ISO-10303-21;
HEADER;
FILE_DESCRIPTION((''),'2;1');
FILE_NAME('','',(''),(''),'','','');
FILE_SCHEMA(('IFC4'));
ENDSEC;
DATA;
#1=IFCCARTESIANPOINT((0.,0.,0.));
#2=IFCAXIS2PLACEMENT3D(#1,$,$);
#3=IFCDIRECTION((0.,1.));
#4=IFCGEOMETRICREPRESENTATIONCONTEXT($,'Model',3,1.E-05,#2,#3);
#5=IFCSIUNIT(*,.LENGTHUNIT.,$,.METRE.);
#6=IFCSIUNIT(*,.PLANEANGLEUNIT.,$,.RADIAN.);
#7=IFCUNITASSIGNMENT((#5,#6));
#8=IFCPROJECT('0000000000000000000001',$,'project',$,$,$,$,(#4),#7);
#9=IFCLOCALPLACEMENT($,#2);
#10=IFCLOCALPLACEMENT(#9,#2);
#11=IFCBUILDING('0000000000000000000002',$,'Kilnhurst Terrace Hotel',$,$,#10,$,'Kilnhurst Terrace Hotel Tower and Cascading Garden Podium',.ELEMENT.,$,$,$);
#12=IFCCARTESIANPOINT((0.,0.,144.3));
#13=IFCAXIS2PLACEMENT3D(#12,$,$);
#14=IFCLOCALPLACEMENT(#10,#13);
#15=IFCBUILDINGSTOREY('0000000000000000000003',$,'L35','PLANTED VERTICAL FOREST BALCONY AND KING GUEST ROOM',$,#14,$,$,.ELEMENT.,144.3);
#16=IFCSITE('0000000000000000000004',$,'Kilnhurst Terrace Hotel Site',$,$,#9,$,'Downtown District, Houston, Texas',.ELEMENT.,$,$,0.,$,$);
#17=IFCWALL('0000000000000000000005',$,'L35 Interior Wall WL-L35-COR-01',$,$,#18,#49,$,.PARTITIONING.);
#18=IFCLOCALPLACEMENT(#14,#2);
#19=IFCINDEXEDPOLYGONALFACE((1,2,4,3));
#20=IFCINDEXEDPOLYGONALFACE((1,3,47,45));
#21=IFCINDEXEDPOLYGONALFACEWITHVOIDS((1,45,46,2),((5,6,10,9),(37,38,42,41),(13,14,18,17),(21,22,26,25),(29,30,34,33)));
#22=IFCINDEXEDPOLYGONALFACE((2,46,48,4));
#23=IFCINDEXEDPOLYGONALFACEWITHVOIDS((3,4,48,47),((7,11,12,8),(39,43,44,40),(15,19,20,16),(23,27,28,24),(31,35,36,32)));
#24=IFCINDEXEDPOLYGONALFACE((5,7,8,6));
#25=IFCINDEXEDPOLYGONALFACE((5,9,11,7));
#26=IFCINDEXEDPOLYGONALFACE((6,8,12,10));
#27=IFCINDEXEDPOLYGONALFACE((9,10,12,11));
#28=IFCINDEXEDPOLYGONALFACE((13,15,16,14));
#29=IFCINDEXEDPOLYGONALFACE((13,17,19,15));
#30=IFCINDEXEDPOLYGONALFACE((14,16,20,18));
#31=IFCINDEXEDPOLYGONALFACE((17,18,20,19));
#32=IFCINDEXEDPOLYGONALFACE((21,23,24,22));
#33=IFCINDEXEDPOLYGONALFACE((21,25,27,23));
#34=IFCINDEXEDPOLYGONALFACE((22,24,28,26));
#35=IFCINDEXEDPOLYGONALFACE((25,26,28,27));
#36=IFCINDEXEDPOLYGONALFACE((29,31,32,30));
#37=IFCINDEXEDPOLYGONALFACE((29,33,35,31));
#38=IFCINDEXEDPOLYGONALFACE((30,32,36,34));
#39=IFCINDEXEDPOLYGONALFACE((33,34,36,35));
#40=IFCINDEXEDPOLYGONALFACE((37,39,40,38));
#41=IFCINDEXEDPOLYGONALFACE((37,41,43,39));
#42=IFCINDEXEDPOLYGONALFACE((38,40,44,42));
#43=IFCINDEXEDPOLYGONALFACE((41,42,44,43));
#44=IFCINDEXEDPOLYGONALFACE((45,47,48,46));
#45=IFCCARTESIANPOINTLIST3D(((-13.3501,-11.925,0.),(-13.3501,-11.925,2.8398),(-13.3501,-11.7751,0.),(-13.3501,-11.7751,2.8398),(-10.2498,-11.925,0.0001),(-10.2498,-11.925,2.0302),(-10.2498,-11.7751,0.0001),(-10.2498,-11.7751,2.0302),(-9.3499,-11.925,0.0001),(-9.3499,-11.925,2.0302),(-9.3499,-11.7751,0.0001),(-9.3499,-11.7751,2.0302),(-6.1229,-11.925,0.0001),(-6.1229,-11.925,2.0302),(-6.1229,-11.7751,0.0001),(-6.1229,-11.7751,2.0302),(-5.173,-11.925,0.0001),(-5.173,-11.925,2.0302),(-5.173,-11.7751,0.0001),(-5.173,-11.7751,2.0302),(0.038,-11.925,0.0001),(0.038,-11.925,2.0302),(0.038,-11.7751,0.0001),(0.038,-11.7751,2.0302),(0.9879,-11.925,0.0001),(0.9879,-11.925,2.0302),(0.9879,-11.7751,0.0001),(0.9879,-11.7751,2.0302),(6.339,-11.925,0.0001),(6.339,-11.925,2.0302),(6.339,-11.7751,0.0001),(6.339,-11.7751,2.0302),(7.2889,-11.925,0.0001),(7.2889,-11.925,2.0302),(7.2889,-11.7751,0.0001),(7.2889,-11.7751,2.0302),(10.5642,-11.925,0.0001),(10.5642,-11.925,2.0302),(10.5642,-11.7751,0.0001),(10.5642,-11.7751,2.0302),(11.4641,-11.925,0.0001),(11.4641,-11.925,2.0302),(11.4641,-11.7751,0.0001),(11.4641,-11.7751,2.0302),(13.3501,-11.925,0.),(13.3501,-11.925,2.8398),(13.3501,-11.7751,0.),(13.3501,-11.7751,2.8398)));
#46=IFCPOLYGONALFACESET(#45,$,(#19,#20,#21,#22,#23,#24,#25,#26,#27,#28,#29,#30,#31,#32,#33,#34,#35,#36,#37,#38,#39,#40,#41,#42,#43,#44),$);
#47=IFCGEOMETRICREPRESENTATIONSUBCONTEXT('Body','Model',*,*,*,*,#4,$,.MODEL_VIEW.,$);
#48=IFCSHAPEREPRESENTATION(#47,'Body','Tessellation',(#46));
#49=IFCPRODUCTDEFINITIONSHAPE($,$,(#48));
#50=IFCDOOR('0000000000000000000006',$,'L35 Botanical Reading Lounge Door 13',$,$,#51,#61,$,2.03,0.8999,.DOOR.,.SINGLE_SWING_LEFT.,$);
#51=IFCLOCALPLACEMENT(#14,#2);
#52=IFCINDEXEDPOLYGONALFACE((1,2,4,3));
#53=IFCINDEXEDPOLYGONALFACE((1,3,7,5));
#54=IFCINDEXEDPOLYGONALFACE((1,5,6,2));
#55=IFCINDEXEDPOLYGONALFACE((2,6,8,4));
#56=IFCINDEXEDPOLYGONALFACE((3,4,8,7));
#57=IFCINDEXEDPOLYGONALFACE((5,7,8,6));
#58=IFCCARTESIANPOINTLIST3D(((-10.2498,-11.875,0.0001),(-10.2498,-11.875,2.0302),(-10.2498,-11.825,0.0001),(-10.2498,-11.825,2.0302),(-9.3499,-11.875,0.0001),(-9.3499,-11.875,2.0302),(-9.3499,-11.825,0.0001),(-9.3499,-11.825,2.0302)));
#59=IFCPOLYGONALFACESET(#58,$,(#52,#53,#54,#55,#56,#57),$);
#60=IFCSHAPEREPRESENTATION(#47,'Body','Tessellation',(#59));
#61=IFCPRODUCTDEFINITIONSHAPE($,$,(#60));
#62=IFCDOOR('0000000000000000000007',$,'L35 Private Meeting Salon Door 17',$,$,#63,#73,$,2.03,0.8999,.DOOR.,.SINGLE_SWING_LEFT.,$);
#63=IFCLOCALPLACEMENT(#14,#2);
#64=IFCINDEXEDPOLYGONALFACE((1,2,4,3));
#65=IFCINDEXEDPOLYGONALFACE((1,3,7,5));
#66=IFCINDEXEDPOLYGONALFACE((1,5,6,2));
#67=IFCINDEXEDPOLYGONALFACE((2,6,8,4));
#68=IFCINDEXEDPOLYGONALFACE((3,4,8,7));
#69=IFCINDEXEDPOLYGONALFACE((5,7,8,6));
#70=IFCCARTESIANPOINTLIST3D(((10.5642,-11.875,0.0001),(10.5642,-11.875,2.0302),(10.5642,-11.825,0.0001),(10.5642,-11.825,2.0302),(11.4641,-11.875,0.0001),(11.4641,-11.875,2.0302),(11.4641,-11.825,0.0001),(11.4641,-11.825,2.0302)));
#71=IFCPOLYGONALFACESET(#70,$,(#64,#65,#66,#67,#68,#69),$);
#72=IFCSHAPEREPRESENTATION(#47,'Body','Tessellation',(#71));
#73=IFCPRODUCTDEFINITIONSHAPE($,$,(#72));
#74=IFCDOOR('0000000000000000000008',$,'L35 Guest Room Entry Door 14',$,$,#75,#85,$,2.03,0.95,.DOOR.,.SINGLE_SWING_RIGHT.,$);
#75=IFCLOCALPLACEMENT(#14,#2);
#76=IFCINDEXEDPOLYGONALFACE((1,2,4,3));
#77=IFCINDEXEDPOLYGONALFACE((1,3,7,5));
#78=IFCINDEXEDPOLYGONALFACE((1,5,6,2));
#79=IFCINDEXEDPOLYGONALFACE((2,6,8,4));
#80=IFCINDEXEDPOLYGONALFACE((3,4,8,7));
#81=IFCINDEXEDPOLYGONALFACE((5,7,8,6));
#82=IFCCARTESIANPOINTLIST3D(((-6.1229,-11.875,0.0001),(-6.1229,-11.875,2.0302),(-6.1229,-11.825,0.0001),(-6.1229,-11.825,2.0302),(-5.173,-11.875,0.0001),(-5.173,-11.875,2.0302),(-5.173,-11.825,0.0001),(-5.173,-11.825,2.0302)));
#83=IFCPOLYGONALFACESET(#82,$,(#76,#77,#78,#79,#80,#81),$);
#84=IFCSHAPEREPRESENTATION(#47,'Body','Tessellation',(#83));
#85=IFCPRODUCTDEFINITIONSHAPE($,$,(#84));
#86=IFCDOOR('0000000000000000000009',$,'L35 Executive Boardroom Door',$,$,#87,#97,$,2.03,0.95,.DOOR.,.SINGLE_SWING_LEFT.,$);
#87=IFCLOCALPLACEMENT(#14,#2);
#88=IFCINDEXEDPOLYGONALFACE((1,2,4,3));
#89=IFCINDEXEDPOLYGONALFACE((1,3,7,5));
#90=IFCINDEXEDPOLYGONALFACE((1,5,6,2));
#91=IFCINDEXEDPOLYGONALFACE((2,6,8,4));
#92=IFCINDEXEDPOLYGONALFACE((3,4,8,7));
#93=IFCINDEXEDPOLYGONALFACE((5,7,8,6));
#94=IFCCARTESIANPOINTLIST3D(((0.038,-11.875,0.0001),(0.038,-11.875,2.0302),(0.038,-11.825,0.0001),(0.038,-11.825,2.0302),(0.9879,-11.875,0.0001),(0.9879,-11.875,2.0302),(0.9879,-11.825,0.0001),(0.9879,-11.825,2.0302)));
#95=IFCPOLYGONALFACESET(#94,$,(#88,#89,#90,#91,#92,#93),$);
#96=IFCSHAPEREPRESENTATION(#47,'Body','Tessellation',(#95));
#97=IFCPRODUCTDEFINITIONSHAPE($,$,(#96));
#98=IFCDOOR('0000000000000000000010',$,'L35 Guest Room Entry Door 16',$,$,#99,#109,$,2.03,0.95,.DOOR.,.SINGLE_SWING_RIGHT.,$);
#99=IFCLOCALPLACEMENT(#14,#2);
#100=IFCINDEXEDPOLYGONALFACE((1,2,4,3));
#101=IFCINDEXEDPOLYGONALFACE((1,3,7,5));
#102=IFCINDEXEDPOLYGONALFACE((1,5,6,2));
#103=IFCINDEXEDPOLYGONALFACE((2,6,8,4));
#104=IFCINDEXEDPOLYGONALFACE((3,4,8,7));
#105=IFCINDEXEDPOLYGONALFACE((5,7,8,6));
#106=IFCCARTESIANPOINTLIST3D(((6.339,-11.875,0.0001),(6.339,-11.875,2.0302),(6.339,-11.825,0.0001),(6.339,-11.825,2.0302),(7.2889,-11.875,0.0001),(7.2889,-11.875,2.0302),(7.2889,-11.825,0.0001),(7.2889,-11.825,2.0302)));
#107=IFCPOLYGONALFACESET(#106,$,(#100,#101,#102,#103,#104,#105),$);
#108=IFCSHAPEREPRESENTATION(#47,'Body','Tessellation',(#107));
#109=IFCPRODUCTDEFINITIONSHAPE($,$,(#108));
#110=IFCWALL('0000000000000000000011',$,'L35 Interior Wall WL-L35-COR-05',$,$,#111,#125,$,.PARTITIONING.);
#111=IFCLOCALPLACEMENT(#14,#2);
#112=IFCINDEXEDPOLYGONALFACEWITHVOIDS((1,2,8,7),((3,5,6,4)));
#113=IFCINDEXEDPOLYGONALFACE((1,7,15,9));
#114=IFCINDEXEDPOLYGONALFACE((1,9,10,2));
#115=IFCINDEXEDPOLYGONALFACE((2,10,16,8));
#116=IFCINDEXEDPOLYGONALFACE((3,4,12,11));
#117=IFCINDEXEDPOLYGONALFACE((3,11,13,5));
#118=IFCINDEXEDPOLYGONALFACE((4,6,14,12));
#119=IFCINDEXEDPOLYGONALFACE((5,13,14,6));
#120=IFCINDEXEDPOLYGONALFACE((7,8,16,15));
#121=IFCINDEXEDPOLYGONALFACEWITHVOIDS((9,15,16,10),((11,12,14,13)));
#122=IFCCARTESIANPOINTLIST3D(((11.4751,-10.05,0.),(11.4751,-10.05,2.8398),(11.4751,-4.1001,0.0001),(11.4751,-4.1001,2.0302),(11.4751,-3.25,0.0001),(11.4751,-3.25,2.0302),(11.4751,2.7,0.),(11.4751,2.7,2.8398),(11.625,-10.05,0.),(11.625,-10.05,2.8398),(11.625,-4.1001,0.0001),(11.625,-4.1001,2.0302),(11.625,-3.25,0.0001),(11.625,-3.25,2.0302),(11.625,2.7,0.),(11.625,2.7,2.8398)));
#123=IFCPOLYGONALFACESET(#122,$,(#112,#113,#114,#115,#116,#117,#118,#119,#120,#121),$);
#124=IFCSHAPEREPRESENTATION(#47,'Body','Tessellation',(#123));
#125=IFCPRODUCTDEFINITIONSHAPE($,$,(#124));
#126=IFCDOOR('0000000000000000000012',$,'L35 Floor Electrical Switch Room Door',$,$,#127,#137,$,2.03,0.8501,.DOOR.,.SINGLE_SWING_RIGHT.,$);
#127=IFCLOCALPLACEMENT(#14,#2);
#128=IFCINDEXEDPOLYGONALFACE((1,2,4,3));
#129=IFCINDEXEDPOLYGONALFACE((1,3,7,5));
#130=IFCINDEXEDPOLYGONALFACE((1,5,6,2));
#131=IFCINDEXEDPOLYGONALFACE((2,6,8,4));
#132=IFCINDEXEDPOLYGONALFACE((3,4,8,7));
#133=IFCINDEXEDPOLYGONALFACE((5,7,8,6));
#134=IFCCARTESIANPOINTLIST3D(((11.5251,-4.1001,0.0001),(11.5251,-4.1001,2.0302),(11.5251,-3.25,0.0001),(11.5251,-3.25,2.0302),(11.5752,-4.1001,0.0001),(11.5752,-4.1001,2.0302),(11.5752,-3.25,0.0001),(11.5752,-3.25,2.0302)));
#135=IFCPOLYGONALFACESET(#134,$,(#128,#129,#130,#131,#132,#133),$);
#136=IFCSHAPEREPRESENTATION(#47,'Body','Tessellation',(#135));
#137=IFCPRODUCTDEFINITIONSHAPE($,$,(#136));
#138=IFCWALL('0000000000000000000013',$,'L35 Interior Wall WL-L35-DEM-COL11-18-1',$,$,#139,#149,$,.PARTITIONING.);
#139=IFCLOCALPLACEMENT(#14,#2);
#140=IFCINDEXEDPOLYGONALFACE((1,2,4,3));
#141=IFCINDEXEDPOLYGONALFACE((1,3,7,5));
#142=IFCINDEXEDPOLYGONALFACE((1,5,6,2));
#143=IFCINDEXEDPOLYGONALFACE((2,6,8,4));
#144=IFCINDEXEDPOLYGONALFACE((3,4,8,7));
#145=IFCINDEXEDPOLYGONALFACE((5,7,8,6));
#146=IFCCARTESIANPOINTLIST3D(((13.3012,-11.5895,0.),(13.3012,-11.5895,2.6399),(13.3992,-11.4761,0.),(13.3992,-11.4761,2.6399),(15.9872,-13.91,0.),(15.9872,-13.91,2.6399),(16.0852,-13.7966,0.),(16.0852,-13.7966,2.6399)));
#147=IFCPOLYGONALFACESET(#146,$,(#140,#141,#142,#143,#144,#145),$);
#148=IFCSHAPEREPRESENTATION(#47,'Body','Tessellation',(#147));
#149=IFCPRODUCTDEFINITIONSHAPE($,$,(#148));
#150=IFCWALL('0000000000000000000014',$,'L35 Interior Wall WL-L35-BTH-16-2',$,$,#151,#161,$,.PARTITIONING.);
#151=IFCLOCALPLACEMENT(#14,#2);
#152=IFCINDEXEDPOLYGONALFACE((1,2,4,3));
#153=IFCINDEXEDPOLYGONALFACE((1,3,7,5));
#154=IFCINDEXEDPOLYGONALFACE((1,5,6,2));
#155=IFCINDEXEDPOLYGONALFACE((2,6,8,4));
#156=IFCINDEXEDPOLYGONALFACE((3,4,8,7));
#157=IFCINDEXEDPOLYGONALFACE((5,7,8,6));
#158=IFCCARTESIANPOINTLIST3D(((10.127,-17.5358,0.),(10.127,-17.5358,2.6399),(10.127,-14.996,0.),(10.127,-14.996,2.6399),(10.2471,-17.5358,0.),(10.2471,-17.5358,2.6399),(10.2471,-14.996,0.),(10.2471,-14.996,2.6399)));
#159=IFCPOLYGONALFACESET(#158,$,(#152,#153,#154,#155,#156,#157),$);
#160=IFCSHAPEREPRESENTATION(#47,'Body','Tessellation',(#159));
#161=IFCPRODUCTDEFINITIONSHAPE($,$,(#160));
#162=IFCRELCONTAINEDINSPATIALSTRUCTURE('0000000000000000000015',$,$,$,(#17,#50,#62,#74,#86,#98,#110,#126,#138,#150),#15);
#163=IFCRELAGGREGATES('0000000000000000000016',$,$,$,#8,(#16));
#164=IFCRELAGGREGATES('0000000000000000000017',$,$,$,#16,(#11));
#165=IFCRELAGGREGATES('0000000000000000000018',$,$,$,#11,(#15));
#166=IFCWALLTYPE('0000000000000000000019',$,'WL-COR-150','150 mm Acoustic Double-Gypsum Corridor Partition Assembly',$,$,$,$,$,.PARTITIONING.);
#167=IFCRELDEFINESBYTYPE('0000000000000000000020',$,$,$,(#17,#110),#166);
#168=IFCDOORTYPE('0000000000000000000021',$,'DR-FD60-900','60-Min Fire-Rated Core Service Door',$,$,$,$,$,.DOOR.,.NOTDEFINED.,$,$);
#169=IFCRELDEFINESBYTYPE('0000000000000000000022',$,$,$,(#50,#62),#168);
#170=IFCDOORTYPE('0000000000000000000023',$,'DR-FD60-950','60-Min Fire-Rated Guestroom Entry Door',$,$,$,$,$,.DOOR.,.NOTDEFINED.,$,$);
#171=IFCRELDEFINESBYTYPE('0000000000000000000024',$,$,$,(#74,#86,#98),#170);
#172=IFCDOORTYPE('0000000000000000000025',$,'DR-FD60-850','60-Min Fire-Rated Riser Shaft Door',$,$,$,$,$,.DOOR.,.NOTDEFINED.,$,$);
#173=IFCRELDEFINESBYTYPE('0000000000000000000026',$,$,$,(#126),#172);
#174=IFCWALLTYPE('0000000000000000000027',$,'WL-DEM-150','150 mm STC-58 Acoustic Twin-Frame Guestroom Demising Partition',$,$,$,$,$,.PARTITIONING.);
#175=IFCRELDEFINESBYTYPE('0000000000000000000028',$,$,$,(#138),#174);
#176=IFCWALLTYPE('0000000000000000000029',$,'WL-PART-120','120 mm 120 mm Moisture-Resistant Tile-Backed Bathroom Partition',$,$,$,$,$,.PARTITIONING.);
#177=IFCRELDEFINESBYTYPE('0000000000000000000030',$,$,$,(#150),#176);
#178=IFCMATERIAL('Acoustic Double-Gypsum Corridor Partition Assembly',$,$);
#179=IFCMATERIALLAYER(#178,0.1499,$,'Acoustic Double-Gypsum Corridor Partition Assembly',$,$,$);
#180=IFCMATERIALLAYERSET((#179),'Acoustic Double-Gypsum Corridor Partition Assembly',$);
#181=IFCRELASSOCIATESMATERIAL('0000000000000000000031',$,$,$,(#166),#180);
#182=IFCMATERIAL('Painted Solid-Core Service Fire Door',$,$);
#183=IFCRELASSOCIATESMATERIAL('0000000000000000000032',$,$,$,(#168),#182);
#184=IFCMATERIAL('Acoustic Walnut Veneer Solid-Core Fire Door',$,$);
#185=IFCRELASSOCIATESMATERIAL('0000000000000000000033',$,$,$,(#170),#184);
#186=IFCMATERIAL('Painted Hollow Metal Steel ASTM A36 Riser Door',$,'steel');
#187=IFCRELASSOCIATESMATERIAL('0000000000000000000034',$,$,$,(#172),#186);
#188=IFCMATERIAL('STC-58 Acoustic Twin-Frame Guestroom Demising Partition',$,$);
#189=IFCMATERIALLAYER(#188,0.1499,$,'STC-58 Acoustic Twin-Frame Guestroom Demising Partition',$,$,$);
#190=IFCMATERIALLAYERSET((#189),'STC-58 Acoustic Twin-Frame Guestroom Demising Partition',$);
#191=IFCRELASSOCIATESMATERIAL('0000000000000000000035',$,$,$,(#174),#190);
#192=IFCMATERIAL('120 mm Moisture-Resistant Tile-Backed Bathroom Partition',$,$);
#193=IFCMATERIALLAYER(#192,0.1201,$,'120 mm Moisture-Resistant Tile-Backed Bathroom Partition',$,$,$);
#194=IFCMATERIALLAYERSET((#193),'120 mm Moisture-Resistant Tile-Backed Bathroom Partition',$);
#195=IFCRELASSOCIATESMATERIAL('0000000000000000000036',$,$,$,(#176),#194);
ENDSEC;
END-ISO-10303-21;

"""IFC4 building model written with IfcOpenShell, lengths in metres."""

from ifc_helpers import new_model, si_unit, direction, frame, frame_2d, origin, place, context, subcontext, project, spatial, rectangle, extrude, material, layer, layer_set, type_object, element, fill, save


model = new_model("IFC4")

# Units and contexts
model_context = context("Model", 3, precision=1e-05, world=origin(), true_north=direction((0.0, 1.0)))
body_context = subcontext(model_context, "Body", "Model", "MODEL_VIEW")
ifc_project = project(units=[si_unit("LENGTHUNIT", "METRE"), si_unit("PLANEANGLEUNIT", "RADIAN")], contexts=[model_context])

# Site, building, storey
site_placement = place(None, origin())
site = spatial("IfcSite", under=ifc_project, at=site_placement, Name="Kilnhurst Terrace Hotel Site", LongName="Downtown District, Houston, Texas", CompositionType="ELEMENT", RefElevation=0.0)
building_placement = place(site_placement, origin())
building = spatial("IfcBuilding", under=site, at=building_placement, Name="Kilnhurst Terrace Hotel", LongName="Kilnhurst Terrace Hotel Tower and Cascading Garden Podium", CompositionType="ELEMENT")
storey_placement = place(building_placement, frame((0.0, 0.0, 144.3)))
storey = spatial("IfcBuildingStorey", under=building, at=storey_placement, Name="L35", Description="PLANTED VERTICAL FOREST BALCONY AND KING GUEST ROOM", CompositionType="ELEMENT", Elevation=144.3)

# Wall, openings, doors
ifc_material_1 = material(Name="Acoustic Double-Gypsum Corridor Partition Assembly")
ifc_layer_1 = layer(ifc_material_1, 0.1499, Name="Acoustic Double-Gypsum Corridor Partition Assembly")
ifc_layer_set_1 = layer_set([ifc_layer_1], Name="Acoustic Double-Gypsum Corridor Partition Assembly")
wall_type_1 = type_object("IfcWallType", Name="WL-COR-150", Description="150 mm Acoustic Double-Gypsum Corridor Partition Assembly", PredefinedType="PARTITIONING", material=ifc_layer_set_1)
wall_1_placement = place(storey_placement, frame((13.3501, -11.8501, 0.0), z_axis=(0.0, 0.0, 1.0), x_axis=(-1.0, 0.0, 0.0)))
wall_1 = element("IfcWall", 1, at=wall_1_placement, inside=storey, type_object=wall_type_1, Name="L35 Interior Wall WL-L35-COR-01", PredefinedType="PARTITIONING", context=body_context, shape_type="SweptSolid", body=[
    extrude(rectangle(XDim=26.7002, YDim=0.1499, at=frame_2d((13.3501, 0.0))), origin(), (0.0, 0.0, 1.0), 2.8398),
])
opening_1_placement = place(wall_1_placement, frame((22.7, 0.0, 0.0)))
opening_1 = element("IfcOpeningElement", 2, at=opening_1_placement, cuts=wall_1, PredefinedType="OPENING", context=body_context, shape_type="SweptSolid", body=[
    extrude(rectangle(XDim=0.8999, YDim=2.03, at=frame_2d((0.45, 1.0151))), frame((0.0, 0.085, 0.0), z_axis=(0.0, -1.0, 0.0), x_axis=(1.0, 0.0, 0.0)), (0.0, 0.0, 1.0), 0.1699),
])
opening_2_placement = place(wall_1_placement, frame((18.5229, 0.0, 0.0)))
opening_2 = element("IfcOpeningElement", 3, at=opening_2_placement, cuts=wall_1, PredefinedType="OPENING", context=body_context, shape_type="SweptSolid", body=[
    extrude(rectangle(XDim=0.95, YDim=2.03, at=frame_2d((0.4751, 1.0151))), frame((0.0, 0.085, 0.0), z_axis=(0.0, -1.0, 0.0), x_axis=(1.0, 0.0, 0.0)), (0.0, 0.0, 1.0), 0.1699),
])
opening_3_placement = place(wall_1_placement, frame((12.3621, 0.0, 0.0)))
opening_3 = element("IfcOpeningElement", 4, at=opening_3_placement, cuts=wall_1, PredefinedType="OPENING", context=body_context, shape_type="SweptSolid", body=[
    extrude(rectangle(XDim=0.95, YDim=2.03, at=frame_2d((0.4751, 1.0151))), frame((0.0, 0.085, 0.0), z_axis=(0.0, -1.0, 0.0), x_axis=(1.0, 0.0, 0.0)), (0.0, 0.0, 1.0), 0.1699),
])
opening_4_placement = place(wall_1_placement, frame((6.061, 0.0, 0.0)))
opening_4 = element("IfcOpeningElement", 5, at=opening_4_placement, cuts=wall_1, PredefinedType="OPENING", context=body_context, shape_type="SweptSolid", body=[
    extrude(rectangle(XDim=0.95, YDim=2.03, at=frame_2d((0.4751, 1.0151))), frame((0.0, 0.085, 0.0), z_axis=(0.0, -1.0, 0.0), x_axis=(1.0, 0.0, 0.0)), (0.0, 0.0, 1.0), 0.1699),
])
opening_5_placement = place(wall_1_placement, frame((1.886, 0.0, 0.0)))
opening_5 = element("IfcOpeningElement", 6, at=opening_5_placement, cuts=wall_1, PredefinedType="OPENING", context=body_context, shape_type="SweptSolid", body=[
    extrude(rectangle(XDim=0.8999, YDim=2.03, at=frame_2d((0.45, 1.0151))), frame((0.0, 0.085, 0.0), z_axis=(0.0, -1.0, 0.0), x_axis=(1.0, 0.0, 0.0)), (0.0, 0.0, 1.0), 0.1699),
])
ifc_material_2 = material(Name="Painted Solid-Core Service Fire Door")
door_type_1 = type_object("IfcDoorType", Name="DR-FD60-900", Description="60-Min Fire-Rated Core Service Door", OperationType="NOTDEFINED", PredefinedType="DOOR", material=ifc_material_2)
door_1_placement = place(opening_1_placement, origin())
door_1 = element("IfcDoor", 7, at=door_1_placement, inside=storey, type_object=door_type_1, Name="L35 Botanical Reading Lounge Door 13", OperationType="SINGLE_SWING_LEFT", OverallHeight=2.03, OverallWidth=0.8999, PredefinedType="DOOR", context=body_context, shape_type="SweptSolid", body=[
    extrude(rectangle(XDim=0.8999, YDim=2.03, at=frame_2d((0.45, 1.0151))), frame((0.0, 0.0249, 0.0), z_axis=(0.0, -1.0, 0.0), x_axis=(1.0, 0.0, 0.0)), (0.0, 0.0, 1.0), 0.05),
])
fill(opening_1, door_1)
door_2_placement = place(opening_5_placement, origin())
door_2 = element("IfcDoor", 8, at=door_2_placement, inside=storey, type_object=door_type_1, Name="L35 Private Meeting Salon Door 17", OperationType="SINGLE_SWING_LEFT", OverallHeight=2.03, OverallWidth=0.8999, PredefinedType="DOOR", context=body_context, shape_type="SweptSolid", body=[
    extrude(rectangle(XDim=0.8999, YDim=2.03, at=frame_2d((0.45, 1.0151))), frame((0.0, 0.0249, 0.0), z_axis=(0.0, -1.0, 0.0), x_axis=(1.0, 0.0, 0.0)), (0.0, 0.0, 1.0), 0.05),
])
fill(opening_5, door_2)
ifc_material_3 = material(Name="Acoustic Walnut Veneer Solid-Core Fire Door")
door_type_2 = type_object("IfcDoorType", Name="DR-FD60-950", Description="60-Min Fire-Rated Guestroom Entry Door", OperationType="NOTDEFINED", PredefinedType="DOOR", material=ifc_material_3)
door_3_placement = place(opening_2_placement, origin())
door_3 = element("IfcDoor", 9, at=door_3_placement, inside=storey, type_object=door_type_2, Name="L35 Guest Room Entry Door 14", OperationType="SINGLE_SWING_RIGHT", OverallHeight=2.03, OverallWidth=0.95, PredefinedType="DOOR", context=body_context, shape_type="SweptSolid", body=[
    extrude(rectangle(XDim=0.95, YDim=2.03, at=frame_2d((0.4751, 1.0151))), frame((0.0, 0.0249, 0.0), z_axis=(0.0, -1.0, 0.0), x_axis=(1.0, 0.0, 0.0)), (0.0, 0.0, 1.0), 0.05),
])
fill(opening_2, door_3)
door_4_placement = place(opening_3_placement, origin())
door_4 = element("IfcDoor", 10, at=door_4_placement, inside=storey, type_object=door_type_2, Name="L35 Executive Boardroom Door", OperationType="SINGLE_SWING_LEFT", OverallHeight=2.03, OverallWidth=0.95, PredefinedType="DOOR", context=body_context, shape_type="SweptSolid", body=[
    extrude(rectangle(XDim=0.95, YDim=2.03, at=frame_2d((0.4751, 1.0151))), frame((0.0, 0.0249, 0.0), z_axis=(0.0, -1.0, 0.0), x_axis=(1.0, 0.0, 0.0)), (0.0, 0.0, 1.0), 0.05),
])
fill(opening_3, door_4)
door_5_placement = place(opening_4_placement, origin())
door_5 = element("IfcDoor", 11, at=door_5_placement, inside=storey, type_object=door_type_2, Name="L35 Guest Room Entry Door 16", OperationType="SINGLE_SWING_RIGHT", OverallHeight=2.03, OverallWidth=0.95, PredefinedType="DOOR", context=body_context, shape_type="SweptSolid", body=[
    extrude(rectangle(XDim=0.95, YDim=2.03, at=frame_2d((0.4751, 1.0151))), frame((0.0, 0.0249, 0.0), z_axis=(0.0, -1.0, 0.0), x_axis=(1.0, 0.0, 0.0)), (0.0, 0.0, 1.0), 0.05),
])
fill(opening_4, door_5)

# Wall, opening, door
wall_2_placement = place(storey_placement, frame((11.55, -10.05, 0.0), z_axis=(0.0, 0.0, 1.0), x_axis=(0.0, 1.0, 0.0)))
wall_2 = element("IfcWall", 12, at=wall_2_placement, inside=storey, type_object=wall_type_1, Name="L35 Interior Wall WL-L35-COR-05", PredefinedType="PARTITIONING", context=body_context, shape_type="SweptSolid", body=[
    extrude(rectangle(XDim=12.75, YDim=0.1499, at=frame_2d((6.375, 0.0))), origin(), (0.0, 0.0, 1.0), 2.8398),
])
opening_6_placement = place(wall_2_placement, frame((5.95, 0.0, 0.0)))
opening_6 = element("IfcOpeningElement", 13, at=opening_6_placement, cuts=wall_2, PredefinedType="OPENING", context=body_context, shape_type="SweptSolid", body=[
    extrude(rectangle(XDim=0.8501, YDim=2.03, at=frame_2d((0.425, 1.0151))), frame((0.0, 0.085, 0.0), z_axis=(0.0, -1.0, 0.0), x_axis=(1.0, 0.0, 0.0)), (0.0, 0.0, 1.0), 0.1699),
])
ifc_material_4 = material(Name="Painted Hollow Metal Steel ASTM A36 Riser Door", Category="steel")
door_type_3 = type_object("IfcDoorType", Name="DR-FD60-850", Description="60-Min Fire-Rated Riser Shaft Door", OperationType="NOTDEFINED", PredefinedType="DOOR", material=ifc_material_4)
door_6_placement = place(opening_6_placement, origin())
door_6 = element("IfcDoor", 14, at=door_6_placement, inside=storey, type_object=door_type_3, Name="L35 Floor Electrical Switch Room Door", OperationType="SINGLE_SWING_RIGHT", OverallHeight=2.03, OverallWidth=0.8501, PredefinedType="DOOR", context=body_context, shape_type="SweptSolid", body=[
    extrude(rectangle(XDim=0.8501, YDim=2.03, at=frame_2d((0.425, 1.0151))), frame((0.0, 0.0249, 0.0), z_axis=(0.0, -1.0, 0.0), x_axis=(1.0, 0.0, 0.0)), (0.0, 0.0, 1.0), 0.05),
])
fill(opening_6, door_6)

# Walls
ifc_material_5 = material(Name="STC-58 Acoustic Twin-Frame Guestroom Demising Partition")
ifc_layer_2 = layer(ifc_material_5, 0.1499, Name="STC-58 Acoustic Twin-Frame Guestroom Demising Partition")
ifc_layer_set_2 = layer_set([ifc_layer_2], Name="STC-58 Acoustic Twin-Frame Guestroom Demising Partition")
wall_type_2 = type_object("IfcWallType", Name="WL-DEM-150", Description="150 mm STC-58 Acoustic Twin-Frame Guestroom Demising Partition", PredefinedType="PARTITIONING", material=ifc_layer_set_2)
wall_3_placement = place(storey_placement, frame((13.3501, -11.5327, 0.0), z_axis=(0.0, 0.0, 1.0), x_axis=(0.756712, -0.653749, 0.0)))
element("IfcWall", 15, at=wall_3_placement, inside=storey, type_object=wall_type_2, Name="L35 Interior Wall WL-L35-DEM-COL11-18-1", PredefinedType="PARTITIONING", context=body_context, shape_type="SweptSolid", body=[
    extrude(rectangle(XDim=3.5496, YDim=0.1499, at=frame_2d((1.7749, 0.0))), origin(), (0.0, 0.0, 1.0), 2.6399),
])
ifc_material_6 = material(Name="120 mm Moisture-Resistant Tile-Backed Bathroom Partition")
ifc_layer_3 = layer(ifc_material_6, 0.1201, Name="120 mm Moisture-Resistant Tile-Backed Bathroom Partition")
ifc_layer_set_3 = layer_set([ifc_layer_3], Name="120 mm Moisture-Resistant Tile-Backed Bathroom Partition")
wall_type_3 = type_object("IfcWallType", Name="WL-PART-120", Description="120 mm 120 mm Moisture-Resistant Tile-Backed Bathroom Partition", PredefinedType="PARTITIONING", material=ifc_layer_set_3)
wall_4_placement = place(storey_placement, frame((10.187, -17.5359, 0.0), z_axis=(0.0, 0.0, 1.0), x_axis=(0.0, 1.0, 0.0)))
element("IfcWall", 16, at=wall_4_placement, inside=storey, type_object=wall_type_3, Name="L35 Interior Wall WL-L35-BTH-16-2", PredefinedType="PARTITIONING", context=body_context, shape_type="SweptSolid", body=[
    extrude(rectangle(XDim=2.5398, YDim=0.1201, at=frame_2d((1.27, 0.0))), origin(), (0.0, 0.0, 1.0), 2.6399),
])

save(model, "model.ifc")
